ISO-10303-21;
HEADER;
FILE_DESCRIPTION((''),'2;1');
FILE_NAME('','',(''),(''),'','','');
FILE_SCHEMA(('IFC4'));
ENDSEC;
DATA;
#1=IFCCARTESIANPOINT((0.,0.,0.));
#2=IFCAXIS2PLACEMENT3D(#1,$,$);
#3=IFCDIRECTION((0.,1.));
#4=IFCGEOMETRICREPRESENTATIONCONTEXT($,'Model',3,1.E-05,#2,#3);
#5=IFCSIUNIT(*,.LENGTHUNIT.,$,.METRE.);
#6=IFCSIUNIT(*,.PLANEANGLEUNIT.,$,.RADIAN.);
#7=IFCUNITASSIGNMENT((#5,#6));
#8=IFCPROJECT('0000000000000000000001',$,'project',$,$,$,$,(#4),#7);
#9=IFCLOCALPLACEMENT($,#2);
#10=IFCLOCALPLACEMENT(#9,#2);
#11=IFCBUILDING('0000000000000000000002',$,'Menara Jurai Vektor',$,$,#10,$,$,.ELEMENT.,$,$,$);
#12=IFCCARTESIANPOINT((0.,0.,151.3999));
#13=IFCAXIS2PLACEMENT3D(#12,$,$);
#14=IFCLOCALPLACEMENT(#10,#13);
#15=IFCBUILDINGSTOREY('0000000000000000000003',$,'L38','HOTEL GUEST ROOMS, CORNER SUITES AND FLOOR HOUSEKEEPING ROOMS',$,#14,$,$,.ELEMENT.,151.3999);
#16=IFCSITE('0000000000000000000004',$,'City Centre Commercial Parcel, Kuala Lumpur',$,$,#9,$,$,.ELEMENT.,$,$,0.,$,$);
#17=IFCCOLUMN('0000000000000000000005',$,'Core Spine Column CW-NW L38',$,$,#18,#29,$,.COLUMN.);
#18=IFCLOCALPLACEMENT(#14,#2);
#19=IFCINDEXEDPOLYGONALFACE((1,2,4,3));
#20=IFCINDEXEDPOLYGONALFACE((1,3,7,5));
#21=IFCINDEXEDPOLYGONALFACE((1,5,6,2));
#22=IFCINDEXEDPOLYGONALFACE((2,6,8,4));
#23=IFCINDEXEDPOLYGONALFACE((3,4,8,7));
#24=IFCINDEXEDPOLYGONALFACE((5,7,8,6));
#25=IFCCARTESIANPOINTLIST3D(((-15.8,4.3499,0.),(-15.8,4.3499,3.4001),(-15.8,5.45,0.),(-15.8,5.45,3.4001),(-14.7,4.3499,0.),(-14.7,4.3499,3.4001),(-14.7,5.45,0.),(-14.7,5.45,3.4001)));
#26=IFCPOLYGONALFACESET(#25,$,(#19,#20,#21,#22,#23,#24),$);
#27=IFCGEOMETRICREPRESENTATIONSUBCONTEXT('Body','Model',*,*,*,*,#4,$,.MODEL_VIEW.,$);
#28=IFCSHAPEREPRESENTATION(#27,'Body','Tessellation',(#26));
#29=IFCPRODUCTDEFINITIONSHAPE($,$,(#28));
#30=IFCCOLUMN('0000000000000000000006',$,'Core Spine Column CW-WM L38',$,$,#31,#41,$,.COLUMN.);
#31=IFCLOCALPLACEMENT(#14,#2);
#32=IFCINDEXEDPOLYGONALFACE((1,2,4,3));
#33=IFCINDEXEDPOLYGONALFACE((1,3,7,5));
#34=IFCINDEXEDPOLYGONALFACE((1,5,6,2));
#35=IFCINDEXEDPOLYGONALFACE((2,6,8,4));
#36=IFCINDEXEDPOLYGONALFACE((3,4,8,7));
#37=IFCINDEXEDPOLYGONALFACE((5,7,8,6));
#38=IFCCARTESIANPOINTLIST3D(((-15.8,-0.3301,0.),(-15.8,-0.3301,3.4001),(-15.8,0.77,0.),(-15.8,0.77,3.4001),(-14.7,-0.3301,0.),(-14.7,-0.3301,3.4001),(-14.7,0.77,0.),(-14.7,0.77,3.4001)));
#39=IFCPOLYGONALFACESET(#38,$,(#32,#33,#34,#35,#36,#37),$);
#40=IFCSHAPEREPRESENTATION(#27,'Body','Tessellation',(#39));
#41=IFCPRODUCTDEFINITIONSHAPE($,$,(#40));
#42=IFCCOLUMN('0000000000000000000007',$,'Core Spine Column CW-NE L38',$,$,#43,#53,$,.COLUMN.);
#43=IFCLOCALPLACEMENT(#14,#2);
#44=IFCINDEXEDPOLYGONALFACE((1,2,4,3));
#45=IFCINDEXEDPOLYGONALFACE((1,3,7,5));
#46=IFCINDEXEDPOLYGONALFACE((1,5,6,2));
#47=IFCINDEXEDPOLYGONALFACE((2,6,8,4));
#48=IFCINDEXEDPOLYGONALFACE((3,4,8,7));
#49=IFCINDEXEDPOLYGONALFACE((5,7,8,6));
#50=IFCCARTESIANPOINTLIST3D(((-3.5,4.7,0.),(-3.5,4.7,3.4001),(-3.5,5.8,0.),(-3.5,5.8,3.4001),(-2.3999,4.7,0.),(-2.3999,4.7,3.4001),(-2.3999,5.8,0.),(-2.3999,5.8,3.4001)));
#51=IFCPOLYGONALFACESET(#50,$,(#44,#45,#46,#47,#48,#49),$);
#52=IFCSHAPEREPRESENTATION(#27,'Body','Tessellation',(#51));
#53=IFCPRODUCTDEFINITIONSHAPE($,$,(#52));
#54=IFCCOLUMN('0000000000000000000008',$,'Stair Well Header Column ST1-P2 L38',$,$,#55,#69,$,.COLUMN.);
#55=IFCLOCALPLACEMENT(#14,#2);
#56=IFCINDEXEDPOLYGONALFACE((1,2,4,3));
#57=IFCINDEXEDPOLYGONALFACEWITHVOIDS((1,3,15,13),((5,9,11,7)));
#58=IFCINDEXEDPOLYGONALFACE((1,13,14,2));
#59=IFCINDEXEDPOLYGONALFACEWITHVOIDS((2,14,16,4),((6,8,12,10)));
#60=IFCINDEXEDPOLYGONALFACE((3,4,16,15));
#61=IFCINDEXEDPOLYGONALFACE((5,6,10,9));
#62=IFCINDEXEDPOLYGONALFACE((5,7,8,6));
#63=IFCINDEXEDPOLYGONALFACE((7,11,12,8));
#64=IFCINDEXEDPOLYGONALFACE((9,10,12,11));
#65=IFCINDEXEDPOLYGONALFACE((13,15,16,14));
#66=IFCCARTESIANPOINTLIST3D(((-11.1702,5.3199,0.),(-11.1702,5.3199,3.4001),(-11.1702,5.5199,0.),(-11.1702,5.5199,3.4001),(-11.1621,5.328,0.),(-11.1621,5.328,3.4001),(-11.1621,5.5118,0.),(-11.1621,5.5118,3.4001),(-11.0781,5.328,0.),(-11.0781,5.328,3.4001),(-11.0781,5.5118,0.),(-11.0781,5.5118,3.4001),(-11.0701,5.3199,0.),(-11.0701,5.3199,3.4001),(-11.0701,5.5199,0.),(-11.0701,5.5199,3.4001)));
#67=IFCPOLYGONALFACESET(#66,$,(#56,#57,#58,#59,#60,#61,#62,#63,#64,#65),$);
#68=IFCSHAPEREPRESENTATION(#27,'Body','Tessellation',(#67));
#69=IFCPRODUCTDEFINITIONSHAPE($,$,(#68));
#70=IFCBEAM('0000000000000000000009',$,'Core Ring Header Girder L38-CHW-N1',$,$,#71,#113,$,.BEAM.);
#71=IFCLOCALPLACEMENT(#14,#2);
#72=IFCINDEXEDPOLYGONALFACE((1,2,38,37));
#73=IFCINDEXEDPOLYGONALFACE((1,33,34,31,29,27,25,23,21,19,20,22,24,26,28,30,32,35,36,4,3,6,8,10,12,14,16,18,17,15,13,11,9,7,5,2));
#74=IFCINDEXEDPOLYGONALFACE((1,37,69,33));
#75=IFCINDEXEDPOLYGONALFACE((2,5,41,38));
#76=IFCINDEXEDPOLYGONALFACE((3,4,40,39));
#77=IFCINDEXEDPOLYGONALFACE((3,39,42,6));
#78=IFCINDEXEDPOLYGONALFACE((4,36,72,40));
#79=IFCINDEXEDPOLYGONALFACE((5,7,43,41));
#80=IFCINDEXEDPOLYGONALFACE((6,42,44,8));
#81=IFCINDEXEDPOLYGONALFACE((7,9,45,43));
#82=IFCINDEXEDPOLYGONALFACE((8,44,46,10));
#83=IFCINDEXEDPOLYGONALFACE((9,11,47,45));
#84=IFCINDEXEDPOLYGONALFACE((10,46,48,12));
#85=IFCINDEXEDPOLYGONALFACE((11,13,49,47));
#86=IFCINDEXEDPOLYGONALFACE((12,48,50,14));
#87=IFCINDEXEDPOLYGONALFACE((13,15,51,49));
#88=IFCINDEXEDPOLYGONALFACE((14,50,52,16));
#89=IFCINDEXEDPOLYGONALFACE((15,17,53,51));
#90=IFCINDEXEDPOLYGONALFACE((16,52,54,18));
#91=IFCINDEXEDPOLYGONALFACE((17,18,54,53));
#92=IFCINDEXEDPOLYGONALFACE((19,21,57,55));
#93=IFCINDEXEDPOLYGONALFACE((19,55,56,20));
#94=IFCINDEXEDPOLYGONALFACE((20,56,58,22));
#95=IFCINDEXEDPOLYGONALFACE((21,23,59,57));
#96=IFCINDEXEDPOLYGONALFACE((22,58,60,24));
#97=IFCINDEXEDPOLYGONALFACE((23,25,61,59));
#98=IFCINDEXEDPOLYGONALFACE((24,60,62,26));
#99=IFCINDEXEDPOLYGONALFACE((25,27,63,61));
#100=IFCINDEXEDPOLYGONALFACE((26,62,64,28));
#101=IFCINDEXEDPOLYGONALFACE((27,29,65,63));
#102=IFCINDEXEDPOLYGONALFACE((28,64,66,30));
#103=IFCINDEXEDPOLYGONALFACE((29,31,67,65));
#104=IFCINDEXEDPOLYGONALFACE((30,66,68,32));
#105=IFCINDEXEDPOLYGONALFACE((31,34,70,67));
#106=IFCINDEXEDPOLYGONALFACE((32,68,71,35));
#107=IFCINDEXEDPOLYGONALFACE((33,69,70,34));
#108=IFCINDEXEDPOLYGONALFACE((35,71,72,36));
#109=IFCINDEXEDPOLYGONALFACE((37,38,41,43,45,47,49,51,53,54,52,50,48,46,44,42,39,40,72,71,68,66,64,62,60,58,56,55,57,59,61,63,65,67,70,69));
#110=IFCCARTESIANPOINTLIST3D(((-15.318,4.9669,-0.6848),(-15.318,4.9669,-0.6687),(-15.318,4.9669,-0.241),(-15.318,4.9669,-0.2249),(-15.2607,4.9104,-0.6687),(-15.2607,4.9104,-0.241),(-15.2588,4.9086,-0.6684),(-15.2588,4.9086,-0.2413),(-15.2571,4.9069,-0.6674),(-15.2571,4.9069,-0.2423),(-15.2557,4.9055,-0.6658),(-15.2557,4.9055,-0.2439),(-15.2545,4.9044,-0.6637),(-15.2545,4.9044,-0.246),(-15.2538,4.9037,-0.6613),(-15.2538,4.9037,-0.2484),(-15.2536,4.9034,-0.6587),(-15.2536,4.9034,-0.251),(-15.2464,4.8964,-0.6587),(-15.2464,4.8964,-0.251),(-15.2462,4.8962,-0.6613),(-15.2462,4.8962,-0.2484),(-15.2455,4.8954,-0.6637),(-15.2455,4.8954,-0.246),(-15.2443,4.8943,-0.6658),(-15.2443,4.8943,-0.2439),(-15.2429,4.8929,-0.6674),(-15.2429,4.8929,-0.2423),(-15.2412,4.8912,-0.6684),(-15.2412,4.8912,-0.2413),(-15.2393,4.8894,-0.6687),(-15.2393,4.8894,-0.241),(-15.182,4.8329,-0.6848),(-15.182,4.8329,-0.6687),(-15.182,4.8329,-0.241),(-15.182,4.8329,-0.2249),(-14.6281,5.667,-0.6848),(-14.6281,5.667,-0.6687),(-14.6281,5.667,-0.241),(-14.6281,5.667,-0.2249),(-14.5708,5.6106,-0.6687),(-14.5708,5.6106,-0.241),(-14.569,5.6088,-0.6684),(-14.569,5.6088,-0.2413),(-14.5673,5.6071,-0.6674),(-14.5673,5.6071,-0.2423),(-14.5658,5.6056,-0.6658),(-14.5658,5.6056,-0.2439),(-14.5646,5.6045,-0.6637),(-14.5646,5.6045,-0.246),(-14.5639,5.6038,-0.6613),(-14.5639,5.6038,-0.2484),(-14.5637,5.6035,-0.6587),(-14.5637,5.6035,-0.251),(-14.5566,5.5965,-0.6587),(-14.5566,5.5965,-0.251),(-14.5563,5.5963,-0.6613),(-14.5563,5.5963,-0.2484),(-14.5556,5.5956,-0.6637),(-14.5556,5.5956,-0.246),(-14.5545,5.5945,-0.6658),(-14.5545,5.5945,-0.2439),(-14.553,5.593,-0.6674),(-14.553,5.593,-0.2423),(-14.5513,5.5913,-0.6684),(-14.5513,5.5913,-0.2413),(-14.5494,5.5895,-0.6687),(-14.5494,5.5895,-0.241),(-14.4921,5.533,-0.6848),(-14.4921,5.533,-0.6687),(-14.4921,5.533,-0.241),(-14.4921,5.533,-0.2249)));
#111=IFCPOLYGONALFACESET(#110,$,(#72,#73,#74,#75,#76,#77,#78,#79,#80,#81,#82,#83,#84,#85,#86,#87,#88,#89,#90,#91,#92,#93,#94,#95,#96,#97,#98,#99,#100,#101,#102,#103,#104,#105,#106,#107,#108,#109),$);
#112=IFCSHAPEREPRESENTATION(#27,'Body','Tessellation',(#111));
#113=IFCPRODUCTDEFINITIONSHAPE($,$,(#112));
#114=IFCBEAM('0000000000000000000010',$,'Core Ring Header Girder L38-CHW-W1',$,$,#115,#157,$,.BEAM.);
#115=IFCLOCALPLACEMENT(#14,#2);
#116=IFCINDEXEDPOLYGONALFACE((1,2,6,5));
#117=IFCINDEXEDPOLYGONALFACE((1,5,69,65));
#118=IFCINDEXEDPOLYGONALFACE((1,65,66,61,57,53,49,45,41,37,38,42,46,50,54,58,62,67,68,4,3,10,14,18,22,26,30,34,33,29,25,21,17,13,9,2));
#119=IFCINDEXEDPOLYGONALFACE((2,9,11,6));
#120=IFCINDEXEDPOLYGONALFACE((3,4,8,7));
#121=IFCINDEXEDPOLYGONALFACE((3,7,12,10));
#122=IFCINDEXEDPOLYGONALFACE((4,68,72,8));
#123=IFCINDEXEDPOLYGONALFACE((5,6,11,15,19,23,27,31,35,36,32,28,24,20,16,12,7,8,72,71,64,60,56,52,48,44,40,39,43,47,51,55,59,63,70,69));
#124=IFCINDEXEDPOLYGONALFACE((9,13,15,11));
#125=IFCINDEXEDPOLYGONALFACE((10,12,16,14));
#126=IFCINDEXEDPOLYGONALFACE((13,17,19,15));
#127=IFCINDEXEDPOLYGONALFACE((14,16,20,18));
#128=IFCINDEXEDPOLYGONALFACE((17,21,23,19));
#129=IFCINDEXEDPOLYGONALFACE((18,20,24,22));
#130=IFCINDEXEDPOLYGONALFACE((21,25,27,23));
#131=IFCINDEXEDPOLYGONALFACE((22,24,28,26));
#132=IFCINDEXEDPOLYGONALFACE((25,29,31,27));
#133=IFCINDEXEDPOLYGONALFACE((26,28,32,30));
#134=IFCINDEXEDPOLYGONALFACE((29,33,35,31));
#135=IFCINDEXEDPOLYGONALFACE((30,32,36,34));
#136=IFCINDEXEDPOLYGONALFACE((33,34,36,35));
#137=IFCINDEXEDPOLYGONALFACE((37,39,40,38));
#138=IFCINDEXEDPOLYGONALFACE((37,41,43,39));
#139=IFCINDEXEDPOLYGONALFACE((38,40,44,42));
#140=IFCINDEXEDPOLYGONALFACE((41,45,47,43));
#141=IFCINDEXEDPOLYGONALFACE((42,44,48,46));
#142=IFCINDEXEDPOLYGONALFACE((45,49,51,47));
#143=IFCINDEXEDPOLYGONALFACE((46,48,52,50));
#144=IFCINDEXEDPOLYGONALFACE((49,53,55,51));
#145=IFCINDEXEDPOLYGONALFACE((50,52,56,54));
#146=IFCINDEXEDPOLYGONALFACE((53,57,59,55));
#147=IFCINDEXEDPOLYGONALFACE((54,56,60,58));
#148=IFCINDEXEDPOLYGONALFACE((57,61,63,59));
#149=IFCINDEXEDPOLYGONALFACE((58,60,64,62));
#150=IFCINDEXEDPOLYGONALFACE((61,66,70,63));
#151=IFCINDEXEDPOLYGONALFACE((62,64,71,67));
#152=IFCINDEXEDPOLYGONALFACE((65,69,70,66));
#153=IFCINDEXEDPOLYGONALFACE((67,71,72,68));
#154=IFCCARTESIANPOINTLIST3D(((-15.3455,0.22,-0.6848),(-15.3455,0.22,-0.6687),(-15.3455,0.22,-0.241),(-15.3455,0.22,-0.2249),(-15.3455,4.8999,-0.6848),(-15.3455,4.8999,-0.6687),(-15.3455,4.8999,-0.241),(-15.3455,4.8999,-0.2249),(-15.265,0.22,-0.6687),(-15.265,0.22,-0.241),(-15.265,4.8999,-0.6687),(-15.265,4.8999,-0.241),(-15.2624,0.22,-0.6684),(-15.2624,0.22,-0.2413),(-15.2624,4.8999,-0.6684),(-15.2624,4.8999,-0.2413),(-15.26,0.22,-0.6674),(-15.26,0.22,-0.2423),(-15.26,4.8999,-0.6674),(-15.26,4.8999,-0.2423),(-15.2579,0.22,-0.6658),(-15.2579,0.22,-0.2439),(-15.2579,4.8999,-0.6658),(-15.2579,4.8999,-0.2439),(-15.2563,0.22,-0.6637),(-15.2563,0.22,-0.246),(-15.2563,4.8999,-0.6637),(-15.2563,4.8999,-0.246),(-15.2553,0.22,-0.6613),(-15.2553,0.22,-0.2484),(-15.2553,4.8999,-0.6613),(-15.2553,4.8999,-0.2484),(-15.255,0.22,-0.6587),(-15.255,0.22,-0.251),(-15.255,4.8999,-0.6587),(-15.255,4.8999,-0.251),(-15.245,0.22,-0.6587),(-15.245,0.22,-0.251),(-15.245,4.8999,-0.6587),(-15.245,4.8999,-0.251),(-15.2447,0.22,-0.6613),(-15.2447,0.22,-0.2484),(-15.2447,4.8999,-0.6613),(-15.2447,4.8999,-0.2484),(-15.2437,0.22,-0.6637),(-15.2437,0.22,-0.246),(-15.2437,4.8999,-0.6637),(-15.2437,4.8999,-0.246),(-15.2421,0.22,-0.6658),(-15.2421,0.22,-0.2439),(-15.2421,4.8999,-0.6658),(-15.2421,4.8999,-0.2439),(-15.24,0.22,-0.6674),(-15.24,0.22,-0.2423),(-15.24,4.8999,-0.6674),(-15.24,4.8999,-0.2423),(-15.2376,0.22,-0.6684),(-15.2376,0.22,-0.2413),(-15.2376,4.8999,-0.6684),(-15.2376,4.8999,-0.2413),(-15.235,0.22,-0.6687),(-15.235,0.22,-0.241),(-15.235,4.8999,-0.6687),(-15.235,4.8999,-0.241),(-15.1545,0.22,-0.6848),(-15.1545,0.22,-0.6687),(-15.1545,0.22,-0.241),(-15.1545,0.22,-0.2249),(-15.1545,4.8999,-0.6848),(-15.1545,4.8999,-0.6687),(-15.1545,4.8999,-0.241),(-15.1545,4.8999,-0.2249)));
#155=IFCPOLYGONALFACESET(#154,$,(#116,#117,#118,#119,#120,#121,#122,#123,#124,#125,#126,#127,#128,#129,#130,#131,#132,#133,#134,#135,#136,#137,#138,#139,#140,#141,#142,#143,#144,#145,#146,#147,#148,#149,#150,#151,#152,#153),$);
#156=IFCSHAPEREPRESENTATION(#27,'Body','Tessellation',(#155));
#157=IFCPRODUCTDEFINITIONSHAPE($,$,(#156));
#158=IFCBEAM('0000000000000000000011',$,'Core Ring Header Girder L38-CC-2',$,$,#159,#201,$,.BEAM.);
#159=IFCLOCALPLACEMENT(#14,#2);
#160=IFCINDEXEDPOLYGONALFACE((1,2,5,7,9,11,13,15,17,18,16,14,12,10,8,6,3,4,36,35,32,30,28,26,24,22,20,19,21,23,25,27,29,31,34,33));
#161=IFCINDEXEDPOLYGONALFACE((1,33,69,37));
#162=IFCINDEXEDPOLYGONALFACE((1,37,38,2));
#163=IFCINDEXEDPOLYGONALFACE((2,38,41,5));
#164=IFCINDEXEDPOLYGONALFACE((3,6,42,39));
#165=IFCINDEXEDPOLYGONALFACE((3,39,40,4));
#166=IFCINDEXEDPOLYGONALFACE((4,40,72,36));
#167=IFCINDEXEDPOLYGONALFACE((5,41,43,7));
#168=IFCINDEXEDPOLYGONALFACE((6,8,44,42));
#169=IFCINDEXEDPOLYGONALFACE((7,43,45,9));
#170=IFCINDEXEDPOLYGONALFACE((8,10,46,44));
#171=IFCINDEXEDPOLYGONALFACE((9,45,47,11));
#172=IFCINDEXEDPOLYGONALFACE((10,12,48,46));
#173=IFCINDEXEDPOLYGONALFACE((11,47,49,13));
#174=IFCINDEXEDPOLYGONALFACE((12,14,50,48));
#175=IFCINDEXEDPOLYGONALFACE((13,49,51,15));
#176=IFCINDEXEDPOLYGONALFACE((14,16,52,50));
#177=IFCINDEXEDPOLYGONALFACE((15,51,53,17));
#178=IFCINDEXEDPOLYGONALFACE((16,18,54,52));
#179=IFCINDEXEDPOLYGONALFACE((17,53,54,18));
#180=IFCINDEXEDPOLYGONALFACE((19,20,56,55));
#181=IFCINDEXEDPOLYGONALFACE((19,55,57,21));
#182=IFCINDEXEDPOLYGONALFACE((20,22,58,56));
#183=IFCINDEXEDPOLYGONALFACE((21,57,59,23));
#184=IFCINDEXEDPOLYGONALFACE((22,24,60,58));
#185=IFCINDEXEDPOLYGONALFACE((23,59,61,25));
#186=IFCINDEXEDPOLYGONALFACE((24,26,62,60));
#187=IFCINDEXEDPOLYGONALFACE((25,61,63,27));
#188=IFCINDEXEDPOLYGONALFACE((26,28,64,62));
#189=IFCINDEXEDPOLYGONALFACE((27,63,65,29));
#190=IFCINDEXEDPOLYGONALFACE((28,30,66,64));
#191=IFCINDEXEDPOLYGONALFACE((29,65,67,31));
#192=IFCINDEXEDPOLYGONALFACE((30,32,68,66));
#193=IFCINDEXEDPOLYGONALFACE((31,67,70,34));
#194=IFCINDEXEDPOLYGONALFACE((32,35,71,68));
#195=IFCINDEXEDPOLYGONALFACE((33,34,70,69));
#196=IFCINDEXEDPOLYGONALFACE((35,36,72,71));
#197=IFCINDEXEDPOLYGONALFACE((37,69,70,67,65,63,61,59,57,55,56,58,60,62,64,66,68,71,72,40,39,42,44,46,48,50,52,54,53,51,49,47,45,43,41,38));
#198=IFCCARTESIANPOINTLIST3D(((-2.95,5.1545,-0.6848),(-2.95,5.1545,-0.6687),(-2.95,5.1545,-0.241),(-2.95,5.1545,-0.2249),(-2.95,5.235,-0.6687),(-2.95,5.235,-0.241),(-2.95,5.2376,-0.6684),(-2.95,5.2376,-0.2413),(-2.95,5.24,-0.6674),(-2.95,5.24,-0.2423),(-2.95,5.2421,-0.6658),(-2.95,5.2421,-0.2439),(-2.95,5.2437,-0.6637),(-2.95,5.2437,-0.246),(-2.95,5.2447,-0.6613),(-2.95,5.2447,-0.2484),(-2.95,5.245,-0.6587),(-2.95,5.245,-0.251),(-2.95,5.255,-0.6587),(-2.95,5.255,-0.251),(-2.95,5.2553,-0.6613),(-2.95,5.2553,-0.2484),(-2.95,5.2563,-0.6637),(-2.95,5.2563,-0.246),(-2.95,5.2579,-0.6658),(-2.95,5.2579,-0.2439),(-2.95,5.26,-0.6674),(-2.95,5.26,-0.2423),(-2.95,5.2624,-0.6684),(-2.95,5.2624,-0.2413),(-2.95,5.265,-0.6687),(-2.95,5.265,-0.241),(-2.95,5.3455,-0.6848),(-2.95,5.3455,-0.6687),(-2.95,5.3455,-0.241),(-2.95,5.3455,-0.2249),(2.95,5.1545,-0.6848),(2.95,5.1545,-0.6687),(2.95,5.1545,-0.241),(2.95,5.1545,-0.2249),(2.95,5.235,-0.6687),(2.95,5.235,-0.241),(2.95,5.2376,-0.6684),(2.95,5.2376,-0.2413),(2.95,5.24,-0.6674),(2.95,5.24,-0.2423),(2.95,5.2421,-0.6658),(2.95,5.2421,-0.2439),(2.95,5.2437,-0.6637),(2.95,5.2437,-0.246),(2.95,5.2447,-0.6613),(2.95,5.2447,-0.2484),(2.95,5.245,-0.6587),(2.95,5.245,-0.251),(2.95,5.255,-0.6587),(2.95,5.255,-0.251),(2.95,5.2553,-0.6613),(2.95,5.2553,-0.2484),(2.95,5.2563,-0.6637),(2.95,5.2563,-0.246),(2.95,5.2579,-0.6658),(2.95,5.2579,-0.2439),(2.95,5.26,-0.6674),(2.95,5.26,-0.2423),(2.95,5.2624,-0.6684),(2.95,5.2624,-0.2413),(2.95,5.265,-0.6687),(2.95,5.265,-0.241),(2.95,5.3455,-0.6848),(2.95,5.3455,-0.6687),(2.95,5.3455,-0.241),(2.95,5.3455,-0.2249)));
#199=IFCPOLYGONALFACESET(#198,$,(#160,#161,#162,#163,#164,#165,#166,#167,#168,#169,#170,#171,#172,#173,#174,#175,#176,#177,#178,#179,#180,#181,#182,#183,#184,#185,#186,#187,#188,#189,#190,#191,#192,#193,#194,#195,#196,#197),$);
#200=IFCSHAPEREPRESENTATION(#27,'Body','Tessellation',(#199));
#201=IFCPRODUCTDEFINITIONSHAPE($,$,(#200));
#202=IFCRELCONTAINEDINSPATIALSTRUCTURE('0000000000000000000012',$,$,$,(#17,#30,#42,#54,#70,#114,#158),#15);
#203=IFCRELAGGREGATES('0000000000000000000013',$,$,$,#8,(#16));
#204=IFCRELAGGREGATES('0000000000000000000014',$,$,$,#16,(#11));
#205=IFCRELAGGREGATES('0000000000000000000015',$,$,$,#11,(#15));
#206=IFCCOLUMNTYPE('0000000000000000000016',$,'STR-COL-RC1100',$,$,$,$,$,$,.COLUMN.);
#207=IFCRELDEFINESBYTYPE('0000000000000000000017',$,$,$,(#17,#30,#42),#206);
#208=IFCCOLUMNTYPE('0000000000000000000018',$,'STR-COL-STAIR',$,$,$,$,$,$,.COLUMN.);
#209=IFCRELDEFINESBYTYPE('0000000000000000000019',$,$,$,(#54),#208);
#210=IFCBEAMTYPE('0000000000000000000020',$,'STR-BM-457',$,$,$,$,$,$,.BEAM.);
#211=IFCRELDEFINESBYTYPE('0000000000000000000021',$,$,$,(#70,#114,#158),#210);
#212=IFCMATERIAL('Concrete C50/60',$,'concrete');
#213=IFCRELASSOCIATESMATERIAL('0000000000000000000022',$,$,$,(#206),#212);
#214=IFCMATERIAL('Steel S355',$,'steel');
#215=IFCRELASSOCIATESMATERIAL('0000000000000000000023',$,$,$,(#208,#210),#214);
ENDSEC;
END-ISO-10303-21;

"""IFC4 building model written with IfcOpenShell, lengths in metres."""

from ifc_helpers import new_model, si_unit, direction, frame, origin, origin_2d, place, context, subcontext, project, spatial, rectangle, hollow_rectangle, i_section, extrude, material, material_profile, profile_set, type_object, element, save


model = new_model("IFC4")

# Units and contexts
model_context = context("Model", 3, precision=1e-05, world=origin(), true_north=direction((0.0, 1.0)))
body_context = subcontext(model_context, "Body", "Model", "MODEL_VIEW")
ifc_project = project(units=[si_unit("LENGTHUNIT", "METRE"), si_unit("PLANEANGLEUNIT", "RADIAN")], contexts=[model_context])

# Site, building, storey
site_placement = place(None, origin())
site = spatial("IfcSite", under=ifc_project, at=site_placement, Name="City Centre Commercial Parcel, Kuala Lumpur", CompositionType="ELEMENT", RefElevation=0.0)
building_placement = place(site_placement, origin())
building = spatial("IfcBuilding", under=site, at=building_placement, Name="Menara Jurai Vektor", CompositionType="ELEMENT")
storey_placement = place(building_placement, frame((0.0, 0.0, 151.3999)))
storey = spatial("IfcBuildingStorey", under=building, at=storey_placement, Name="L38", Description="HOTEL GUEST ROOMS, CORNER SUITES AND FLOOR HOUSEKEEPING ROOMS", CompositionType="ELEMENT", Elevation=151.3999)

# Columns
ifc_material_1 = material(Name="Concrete C50/60", Category="concrete")
ifc_material_profile_1 = material_profile(ifc_material_1, rectangle(XDim=1.1001, YDim=1.1001, at=origin_2d()), Name="RC 1100x1100")
ifc_profile_set_1 = profile_set([ifc_material_profile_1], Name="Concrete C50/60")
column_type_1 = type_object("IfcColumnType", Name="STR-COL-RC1100", PredefinedType="COLUMN", material=ifc_profile_set_1)
for number, where, z_axis, x_axis, name in (
    (1, (-15.25, 4.8999, 0.0), (0.0, 0.0, 1.0), (1.0, 0.0, 0.0), "Core Spine Column CW-NW L38"),
    (2, (-15.25, 0.22, 0.0), (0.0, 0.0, 1.0), (1.0, 0.0, 0.0), "Core Spine Column CW-WM L38"),
    (3, (-2.95, 5.25, 0.0), (0.0, 0.0, 1.0), (1.0, 0.0, 0.0), "Core Spine Column CW-NE L38"),
):
    element("IfcColumn", number, at=place(storey_placement, frame(where, z_axis=z_axis, x_axis=x_axis)), inside=storey, type_object=column_type_1, Name=name, PredefinedType="COLUMN", context=body_context, shape_type="SweptSolid", body=[
        extrude(rectangle(XDim=1.1001, YDim=1.1001, at=origin_2d()), origin(), (0.0, 0.0, 1.0), 3.4001),
    ])
ifc_material_2 = material(Name="Steel S355", Category="steel")
ifc_material_profile_2 = material_profile(ifc_material_2, hollow_rectangle(XDim=0.1001, YDim=0.2, WallThickness=0.0081, at=origin_2d()), Name="RHS 200x100x8")
ifc_profile_set_2 = profile_set([ifc_material_profile_2], Name="Steel S355")
column_type_2 = type_object("IfcColumnType", Name="STR-COL-STAIR", PredefinedType="COLUMN", material=ifc_profile_set_2)
column_placement = place(storey_placement, frame((-11.1201, 5.4199, 0.0), z_axis=(0.0, 0.0, 1.0), x_axis=(1.0, 0.0, 0.0)))
element("IfcColumn", 4, at=column_placement, inside=storey, type_object=column_type_2, Name="Stair Well Header Column ST1-P2 L38", PredefinedType="COLUMN", context=body_context, shape_type="SweptSolid", body=[
    extrude(hollow_rectangle(XDim=0.1001, YDim=0.2, WallThickness=0.0081, at=origin_2d()), origin(), (0.0, 0.0, 1.0), 3.4001),
])

# Beams
ifc_material_profile_3 = material_profile(ifc_material_2, i_section(OverallWidth=0.1909, OverallDepth=0.46, WebThickness=0.01, FlangeThickness=0.0161, FilletRadius=0.01, at=origin_2d()), Name="UKB 457x191x82")
ifc_profile_set_3 = profile_set([ifc_material_profile_3], Name="Steel S355")
beam_type_1 = type_object("IfcBeamType", Name="STR-BM-457", PredefinedType="BEAM", material=ifc_profile_set_3)
beam_1_placement = place(storey_placement, frame((-15.25, 4.8999, -0.4548), z_axis=(0.701872, 0.712303, 0.0), x_axis=(-0.712303, 0.701872, 0.0)))
element("IfcBeam", 5, at=beam_1_placement, inside=storey, type_object=beam_type_1, Name="Core Ring Header Girder L38-CHW-N1", PredefinedType="BEAM", context=body_context, shape_type="SweptSolid", body=[
    extrude(i_section(OverallWidth=0.1909, OverallDepth=0.46, WebThickness=0.01, FlangeThickness=0.0161, FilletRadius=0.01, at=origin_2d()), origin(), (0.0, 0.0, 1.0), 0.9829),
])
beam_2_placement = place(storey_placement, frame((-15.25, 0.22, -0.4548), z_axis=(0.0, 1.0, 0.0), x_axis=(-1.0, 0.0, 0.0)))
element("IfcBeam", 6, at=beam_2_placement, inside=storey, type_object=beam_type_1, Name="Core Ring Header Girder L38-CHW-W1", PredefinedType="BEAM", context=body_context, shape_type="SweptSolid", body=[
    extrude(i_section(OverallWidth=0.1909, OverallDepth=0.46, WebThickness=0.01, FlangeThickness=0.0161, FilletRadius=0.01, at=origin_2d()), origin(), (0.0, 0.0, 1.0), 4.6799),
])
beam_3_placement = place(storey_placement, frame((-2.95, 5.25, -0.4548), z_axis=(1.0, 0.0, 0.0), x_axis=(0.0, 1.0, 0.0)))
element("IfcBeam", 7, at=beam_3_placement, inside=storey, type_object=beam_type_1, Name="Core Ring Header Girder L38-CC-2", PredefinedType="BEAM", context=body_context, shape_type="SweptSolid", body=[
    extrude(i_section(OverallWidth=0.1909, OverallDepth=0.46, WebThickness=0.01, FlangeThickness=0.0161, FilletRadius=0.01, at=origin_2d()), origin(), (0.0, 0.0, 1.0), 5.8999),
])

save(model, "model.ifc")
